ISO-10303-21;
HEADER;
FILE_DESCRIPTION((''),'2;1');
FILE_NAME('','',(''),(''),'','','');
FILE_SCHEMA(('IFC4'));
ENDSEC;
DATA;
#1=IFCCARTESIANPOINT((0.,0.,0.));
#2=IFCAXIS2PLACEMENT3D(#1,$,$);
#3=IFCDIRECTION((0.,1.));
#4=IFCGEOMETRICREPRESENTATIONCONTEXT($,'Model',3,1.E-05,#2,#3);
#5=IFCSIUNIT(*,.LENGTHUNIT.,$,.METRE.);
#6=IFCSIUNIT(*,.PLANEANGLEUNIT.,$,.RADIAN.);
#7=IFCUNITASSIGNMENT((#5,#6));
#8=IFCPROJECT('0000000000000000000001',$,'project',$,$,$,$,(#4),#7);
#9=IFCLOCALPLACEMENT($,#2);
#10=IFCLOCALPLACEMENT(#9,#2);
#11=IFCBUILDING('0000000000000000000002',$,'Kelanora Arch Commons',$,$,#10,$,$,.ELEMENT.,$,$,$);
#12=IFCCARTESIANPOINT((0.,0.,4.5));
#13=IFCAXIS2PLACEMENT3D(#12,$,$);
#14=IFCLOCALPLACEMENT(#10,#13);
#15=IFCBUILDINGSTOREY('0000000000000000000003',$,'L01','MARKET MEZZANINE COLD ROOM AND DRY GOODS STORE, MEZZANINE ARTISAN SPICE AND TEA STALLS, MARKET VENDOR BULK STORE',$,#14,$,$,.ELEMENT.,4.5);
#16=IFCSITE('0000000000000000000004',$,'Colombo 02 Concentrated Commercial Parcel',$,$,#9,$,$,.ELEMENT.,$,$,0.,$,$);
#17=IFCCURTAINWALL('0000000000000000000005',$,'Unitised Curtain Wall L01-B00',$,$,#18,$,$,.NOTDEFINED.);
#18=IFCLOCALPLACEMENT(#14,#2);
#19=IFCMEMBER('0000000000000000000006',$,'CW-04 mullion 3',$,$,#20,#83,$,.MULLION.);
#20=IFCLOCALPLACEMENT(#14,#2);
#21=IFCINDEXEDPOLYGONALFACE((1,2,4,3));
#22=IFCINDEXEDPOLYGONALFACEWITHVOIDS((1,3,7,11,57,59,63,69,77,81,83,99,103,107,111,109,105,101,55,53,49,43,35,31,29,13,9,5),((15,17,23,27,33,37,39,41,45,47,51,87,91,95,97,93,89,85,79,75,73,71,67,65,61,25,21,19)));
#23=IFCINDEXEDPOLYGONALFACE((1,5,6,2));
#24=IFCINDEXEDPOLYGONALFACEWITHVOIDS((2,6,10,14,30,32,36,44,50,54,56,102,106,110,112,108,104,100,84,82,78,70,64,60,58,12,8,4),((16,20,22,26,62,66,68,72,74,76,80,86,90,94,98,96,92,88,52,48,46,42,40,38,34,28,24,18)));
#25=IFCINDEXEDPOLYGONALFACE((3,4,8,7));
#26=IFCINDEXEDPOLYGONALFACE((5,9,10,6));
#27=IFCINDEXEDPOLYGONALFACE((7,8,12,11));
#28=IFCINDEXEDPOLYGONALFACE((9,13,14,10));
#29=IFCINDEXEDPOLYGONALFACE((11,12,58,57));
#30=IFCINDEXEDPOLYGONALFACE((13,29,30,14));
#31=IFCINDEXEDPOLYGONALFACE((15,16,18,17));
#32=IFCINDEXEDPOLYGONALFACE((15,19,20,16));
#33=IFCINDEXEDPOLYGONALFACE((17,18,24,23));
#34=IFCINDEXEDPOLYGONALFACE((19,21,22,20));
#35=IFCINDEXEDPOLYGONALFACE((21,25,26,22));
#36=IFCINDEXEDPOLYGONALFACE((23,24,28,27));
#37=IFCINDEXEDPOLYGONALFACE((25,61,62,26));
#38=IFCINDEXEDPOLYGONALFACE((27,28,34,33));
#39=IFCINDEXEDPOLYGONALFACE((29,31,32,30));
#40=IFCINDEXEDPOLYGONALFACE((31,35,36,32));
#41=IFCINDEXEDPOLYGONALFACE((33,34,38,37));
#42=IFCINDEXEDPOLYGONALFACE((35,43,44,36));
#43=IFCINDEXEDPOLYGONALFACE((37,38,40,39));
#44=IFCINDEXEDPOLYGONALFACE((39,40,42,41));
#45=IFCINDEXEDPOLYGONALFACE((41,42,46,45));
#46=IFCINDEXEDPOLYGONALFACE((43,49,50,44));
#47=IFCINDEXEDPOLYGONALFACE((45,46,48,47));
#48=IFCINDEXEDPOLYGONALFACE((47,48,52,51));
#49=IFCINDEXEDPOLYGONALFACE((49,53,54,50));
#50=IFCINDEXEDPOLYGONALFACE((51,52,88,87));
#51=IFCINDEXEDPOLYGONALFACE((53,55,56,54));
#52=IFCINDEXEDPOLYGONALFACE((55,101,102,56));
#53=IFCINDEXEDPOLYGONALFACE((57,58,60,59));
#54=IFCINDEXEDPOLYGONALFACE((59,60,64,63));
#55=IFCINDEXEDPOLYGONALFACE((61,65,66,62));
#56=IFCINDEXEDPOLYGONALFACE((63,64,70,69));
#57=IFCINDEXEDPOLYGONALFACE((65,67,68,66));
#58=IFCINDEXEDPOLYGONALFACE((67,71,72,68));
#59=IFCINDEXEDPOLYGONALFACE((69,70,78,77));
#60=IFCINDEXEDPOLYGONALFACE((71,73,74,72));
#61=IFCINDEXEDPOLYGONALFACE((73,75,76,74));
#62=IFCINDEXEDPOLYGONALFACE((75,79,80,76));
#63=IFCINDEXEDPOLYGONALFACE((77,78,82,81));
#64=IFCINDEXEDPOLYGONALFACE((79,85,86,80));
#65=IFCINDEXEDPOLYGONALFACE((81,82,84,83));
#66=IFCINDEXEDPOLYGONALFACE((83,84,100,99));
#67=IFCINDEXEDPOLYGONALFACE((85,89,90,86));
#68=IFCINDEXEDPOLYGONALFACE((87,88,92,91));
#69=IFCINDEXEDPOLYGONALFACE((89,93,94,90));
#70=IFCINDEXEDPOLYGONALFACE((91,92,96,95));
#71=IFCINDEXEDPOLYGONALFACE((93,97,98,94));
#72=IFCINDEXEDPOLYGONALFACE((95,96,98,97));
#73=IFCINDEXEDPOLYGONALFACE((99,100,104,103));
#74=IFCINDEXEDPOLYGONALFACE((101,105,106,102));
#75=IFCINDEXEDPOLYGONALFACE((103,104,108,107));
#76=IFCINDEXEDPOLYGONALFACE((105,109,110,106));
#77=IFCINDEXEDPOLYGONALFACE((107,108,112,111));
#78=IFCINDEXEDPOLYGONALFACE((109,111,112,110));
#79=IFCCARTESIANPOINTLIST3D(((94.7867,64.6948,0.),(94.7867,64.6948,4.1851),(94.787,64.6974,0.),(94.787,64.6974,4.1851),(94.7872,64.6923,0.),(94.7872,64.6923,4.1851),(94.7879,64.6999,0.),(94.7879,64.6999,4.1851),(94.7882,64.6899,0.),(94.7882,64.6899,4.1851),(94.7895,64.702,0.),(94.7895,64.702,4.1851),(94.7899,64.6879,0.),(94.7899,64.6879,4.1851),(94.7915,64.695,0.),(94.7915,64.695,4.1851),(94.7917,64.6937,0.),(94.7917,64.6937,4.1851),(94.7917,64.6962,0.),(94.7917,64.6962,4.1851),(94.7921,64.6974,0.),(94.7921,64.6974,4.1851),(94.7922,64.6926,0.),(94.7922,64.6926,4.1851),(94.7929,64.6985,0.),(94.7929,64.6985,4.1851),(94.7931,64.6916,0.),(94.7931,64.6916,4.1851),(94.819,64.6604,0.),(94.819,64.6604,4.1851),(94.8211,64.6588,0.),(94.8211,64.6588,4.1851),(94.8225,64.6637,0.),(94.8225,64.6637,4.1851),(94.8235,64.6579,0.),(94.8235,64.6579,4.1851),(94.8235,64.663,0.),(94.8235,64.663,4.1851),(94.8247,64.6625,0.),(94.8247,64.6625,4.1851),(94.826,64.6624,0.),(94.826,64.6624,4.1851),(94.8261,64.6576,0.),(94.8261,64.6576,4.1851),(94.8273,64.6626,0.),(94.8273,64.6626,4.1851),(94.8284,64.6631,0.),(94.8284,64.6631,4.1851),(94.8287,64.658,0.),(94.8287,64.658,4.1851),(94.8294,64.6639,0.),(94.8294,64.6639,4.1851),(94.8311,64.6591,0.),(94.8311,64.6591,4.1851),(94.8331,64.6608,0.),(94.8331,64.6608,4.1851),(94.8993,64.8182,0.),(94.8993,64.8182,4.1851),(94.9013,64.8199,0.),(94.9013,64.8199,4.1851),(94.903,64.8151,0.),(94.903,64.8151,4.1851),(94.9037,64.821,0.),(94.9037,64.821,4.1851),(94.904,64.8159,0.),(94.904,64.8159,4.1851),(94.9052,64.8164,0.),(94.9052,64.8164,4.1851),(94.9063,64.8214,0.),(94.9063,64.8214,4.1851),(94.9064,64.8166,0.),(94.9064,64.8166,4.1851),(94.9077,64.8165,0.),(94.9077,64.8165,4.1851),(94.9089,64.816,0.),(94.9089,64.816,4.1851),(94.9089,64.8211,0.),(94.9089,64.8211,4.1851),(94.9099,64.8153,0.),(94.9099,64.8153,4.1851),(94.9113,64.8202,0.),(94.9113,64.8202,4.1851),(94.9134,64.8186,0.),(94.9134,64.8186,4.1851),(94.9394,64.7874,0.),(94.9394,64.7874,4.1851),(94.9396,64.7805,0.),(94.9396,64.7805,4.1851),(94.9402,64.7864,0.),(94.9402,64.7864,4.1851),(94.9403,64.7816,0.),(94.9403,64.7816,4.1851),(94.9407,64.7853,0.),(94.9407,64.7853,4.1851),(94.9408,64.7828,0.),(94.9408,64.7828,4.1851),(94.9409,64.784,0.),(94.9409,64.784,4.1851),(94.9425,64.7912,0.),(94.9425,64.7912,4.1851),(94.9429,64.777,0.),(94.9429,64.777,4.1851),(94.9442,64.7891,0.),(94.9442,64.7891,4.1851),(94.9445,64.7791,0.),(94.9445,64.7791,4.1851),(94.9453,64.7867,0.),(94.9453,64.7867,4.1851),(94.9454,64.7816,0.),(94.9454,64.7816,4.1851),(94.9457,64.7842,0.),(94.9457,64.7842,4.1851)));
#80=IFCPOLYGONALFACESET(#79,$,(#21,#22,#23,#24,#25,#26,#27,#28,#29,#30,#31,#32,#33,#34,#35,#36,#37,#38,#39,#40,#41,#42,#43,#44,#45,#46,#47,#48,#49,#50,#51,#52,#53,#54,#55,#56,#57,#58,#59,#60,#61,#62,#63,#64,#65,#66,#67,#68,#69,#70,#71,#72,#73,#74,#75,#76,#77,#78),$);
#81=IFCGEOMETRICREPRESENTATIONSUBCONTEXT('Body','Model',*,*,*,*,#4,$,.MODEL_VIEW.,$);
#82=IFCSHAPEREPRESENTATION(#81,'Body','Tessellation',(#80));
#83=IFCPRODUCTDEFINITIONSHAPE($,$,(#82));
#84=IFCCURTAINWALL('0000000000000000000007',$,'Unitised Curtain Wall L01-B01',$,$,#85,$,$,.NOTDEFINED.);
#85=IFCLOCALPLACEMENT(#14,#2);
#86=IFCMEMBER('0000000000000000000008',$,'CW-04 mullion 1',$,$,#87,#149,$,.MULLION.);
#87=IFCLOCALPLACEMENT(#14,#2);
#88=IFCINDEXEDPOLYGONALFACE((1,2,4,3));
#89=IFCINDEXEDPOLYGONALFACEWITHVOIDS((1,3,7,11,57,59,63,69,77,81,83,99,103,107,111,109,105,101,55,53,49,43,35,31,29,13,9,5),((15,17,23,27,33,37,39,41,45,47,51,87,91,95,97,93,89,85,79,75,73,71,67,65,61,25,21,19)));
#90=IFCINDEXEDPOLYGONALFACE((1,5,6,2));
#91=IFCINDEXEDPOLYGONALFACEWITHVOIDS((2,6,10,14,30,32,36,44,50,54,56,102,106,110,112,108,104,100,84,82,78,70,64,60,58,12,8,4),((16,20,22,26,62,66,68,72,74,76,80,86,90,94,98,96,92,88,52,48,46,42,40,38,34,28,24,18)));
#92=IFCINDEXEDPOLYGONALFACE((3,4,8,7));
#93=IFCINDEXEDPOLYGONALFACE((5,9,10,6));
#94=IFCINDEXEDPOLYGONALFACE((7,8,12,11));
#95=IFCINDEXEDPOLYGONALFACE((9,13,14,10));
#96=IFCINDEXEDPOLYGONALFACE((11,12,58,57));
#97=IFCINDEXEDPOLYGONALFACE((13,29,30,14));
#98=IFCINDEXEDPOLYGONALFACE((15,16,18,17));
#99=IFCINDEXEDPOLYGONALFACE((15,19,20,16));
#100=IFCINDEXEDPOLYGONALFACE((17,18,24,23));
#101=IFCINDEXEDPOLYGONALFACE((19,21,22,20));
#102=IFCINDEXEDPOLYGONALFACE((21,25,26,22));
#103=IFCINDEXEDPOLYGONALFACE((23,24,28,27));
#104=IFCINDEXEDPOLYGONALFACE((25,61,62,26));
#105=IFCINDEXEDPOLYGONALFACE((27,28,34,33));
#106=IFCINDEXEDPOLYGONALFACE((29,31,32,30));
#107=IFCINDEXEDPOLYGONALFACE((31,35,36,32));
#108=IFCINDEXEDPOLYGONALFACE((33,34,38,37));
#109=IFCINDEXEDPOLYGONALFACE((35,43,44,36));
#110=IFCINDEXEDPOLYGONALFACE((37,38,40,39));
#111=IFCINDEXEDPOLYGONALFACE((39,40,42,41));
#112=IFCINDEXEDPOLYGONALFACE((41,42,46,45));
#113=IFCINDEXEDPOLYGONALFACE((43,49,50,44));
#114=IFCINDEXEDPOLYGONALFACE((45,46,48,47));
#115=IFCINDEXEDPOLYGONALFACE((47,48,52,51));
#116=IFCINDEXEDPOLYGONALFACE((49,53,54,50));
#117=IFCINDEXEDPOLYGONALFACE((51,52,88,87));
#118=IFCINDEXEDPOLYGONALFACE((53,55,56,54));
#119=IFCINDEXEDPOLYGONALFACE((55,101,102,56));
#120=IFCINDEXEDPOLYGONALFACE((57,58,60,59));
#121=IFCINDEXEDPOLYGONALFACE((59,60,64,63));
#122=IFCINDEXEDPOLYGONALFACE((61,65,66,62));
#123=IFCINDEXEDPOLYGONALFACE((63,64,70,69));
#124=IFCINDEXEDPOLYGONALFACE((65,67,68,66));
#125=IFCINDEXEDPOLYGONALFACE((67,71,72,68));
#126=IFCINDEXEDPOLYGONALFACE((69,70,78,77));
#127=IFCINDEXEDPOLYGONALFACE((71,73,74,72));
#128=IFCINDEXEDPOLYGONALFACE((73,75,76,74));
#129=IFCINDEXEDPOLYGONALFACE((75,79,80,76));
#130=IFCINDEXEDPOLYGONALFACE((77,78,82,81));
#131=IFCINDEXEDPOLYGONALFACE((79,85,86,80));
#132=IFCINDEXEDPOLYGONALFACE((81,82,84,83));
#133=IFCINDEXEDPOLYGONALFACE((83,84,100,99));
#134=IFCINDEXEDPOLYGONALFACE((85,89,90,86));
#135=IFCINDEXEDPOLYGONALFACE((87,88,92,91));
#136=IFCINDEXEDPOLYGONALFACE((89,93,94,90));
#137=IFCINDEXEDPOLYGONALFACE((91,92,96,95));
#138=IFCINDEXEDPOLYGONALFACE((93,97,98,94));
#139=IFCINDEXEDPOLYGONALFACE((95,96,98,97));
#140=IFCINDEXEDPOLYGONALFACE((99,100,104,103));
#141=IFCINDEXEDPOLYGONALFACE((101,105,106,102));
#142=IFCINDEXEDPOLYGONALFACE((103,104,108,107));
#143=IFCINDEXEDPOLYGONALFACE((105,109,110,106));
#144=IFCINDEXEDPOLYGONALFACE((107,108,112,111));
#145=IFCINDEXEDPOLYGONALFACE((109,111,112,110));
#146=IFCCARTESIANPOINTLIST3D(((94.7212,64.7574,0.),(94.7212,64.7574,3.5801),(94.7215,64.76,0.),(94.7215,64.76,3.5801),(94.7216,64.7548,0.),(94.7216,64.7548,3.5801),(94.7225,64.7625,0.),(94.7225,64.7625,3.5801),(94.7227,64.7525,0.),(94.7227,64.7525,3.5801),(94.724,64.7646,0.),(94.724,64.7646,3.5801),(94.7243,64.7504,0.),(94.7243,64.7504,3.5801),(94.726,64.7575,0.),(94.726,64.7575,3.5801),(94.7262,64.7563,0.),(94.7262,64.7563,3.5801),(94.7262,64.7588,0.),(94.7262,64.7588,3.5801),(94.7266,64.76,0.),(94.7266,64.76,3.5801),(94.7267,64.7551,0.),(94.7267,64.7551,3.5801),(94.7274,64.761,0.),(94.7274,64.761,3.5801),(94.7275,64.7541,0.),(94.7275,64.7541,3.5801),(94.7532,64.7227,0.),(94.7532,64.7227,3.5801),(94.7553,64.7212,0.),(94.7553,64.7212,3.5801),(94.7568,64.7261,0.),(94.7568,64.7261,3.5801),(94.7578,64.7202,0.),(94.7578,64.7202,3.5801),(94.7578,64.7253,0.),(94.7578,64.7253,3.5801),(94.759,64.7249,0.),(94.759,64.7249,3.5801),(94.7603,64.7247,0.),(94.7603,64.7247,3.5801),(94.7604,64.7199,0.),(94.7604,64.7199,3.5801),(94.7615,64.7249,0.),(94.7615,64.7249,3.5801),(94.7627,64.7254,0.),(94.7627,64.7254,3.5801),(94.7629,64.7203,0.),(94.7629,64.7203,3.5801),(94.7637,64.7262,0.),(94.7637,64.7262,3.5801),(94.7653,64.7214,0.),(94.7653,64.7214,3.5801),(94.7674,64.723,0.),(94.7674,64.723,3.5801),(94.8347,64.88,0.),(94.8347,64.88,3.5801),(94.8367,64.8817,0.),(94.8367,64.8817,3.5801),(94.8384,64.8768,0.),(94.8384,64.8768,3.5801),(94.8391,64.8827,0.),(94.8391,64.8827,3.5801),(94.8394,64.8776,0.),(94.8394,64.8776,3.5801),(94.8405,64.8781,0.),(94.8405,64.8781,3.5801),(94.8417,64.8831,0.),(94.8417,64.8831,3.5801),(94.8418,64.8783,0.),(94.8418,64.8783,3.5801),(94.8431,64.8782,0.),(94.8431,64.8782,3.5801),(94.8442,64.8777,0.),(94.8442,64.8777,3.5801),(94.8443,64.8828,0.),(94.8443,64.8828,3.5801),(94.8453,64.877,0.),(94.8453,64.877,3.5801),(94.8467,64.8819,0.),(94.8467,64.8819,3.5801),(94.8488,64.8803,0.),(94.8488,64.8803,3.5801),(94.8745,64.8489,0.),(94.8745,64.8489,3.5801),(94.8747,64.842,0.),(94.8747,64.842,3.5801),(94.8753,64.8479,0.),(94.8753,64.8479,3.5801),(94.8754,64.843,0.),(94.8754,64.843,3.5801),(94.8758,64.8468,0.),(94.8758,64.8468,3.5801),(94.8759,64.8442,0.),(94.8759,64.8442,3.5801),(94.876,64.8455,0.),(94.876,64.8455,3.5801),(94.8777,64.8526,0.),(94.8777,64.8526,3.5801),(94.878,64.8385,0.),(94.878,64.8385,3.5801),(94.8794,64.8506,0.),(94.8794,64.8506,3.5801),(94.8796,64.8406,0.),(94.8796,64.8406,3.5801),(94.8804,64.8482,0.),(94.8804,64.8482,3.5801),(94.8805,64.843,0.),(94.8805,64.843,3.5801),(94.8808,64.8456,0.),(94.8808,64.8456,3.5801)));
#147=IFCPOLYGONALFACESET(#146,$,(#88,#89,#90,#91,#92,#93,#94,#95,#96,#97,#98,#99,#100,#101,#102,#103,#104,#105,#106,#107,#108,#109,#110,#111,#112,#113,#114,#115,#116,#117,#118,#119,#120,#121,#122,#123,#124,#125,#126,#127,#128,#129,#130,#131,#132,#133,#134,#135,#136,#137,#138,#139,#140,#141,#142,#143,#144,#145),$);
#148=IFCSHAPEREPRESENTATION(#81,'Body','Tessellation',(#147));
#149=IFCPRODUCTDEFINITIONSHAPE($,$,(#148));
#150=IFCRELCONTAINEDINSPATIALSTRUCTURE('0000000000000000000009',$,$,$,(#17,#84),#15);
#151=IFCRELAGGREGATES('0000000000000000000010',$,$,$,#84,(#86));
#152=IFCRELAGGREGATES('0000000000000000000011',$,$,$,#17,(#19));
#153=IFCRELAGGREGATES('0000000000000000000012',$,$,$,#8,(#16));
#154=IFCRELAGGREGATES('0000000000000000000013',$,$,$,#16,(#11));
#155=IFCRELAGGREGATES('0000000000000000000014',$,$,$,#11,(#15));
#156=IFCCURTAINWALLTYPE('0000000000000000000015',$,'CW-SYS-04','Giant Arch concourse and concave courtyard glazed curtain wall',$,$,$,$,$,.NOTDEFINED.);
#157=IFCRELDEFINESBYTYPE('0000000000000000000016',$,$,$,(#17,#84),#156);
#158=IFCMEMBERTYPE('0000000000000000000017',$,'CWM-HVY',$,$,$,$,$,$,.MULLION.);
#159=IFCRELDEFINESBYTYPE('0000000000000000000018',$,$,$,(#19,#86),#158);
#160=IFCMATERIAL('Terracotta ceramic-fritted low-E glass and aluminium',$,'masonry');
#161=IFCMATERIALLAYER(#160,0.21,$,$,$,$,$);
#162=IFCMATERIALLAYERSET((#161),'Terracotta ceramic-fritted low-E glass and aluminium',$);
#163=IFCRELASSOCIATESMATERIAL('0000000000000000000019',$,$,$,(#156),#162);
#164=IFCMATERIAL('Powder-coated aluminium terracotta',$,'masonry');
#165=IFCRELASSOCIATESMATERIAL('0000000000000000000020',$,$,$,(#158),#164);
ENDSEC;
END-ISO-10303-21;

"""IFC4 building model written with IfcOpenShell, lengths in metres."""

from ifc_helpers import new_model, si_unit, direction, frame, origin, origin_2d, place, context, subcontext, project, spatial, hollow_rectangle, extrude, material, layer, layer_set, material_profile, profile_set, type_object, element, aggregate, save


model = new_model("IFC4")

# Units and contexts
model_context = context("Model", 3, precision=1e-05, world=origin(), true_north=direction((0.0, 1.0)))
body_context = subcontext(model_context, "Body", "Model", "MODEL_VIEW")
ifc_project = project(units=[si_unit("LENGTHUNIT", "METRE"), si_unit("PLANEANGLEUNIT", "RADIAN")], contexts=[model_context])

# Site, building, storey
site_placement = place(None, origin())
site = spatial("IfcSite", under=ifc_project, at=site_placement, Name="Colombo 02 Concentrated Commercial Parcel", CompositionType="ELEMENT", RefElevation=0.0)
building_placement = place(site_placement, origin())
building = spatial("IfcBuilding", under=site, at=building_placement, Name="Kelanora Arch Commons", CompositionType="ELEMENT")
storey_placement = place(building_placement, frame((0.0, 0.0, 4.5)))
storey = spatial("IfcBuildingStorey", under=building, at=storey_placement, Name="L01", Description="MARKET MEZZANINE COLD ROOM AND DRY GOODS STORE, MEZZANINE ARTISAN SPICE AND TEA STALLS, MARKET VENDOR BULK STORE", CompositionType="ELEMENT", Elevation=4.5)

# Curtain wall, member
ifc_material_1 = material(Name="Terracotta ceramic-fritted low-E glass and aluminium", Category="masonry")
ifc_layer_1 = layer(ifc_material_1, 0.21)
ifc_layer_set_1 = layer_set([ifc_layer_1], Name="Terracotta ceramic-fritted low-E glass and aluminium")
curtain_wall_type = type_object("IfcCurtainWallType", Name="CW-SYS-04", Description="Giant Arch concourse and concave courtyard glazed curtain wall", PredefinedType="NOTDEFINED", material=ifc_layer_set_1)
curtain_wall_1_placement = place(storey_placement, origin())
curtain_wall_1 = element("IfcCurtainWall", 1, at=curtain_wall_1_placement, inside=storey, type_object=curtain_wall_type, Name="Unitised Curtain Wall L01-B00", PredefinedType="NOTDEFINED")
ifc_material_2 = material(Name="Powder-coated aluminium terracotta", Category="masonry")
ifc_material_profile_1 = material_profile(ifc_material_2, hollow_rectangle(XDim=0.1799, YDim=0.0601, WallThickness=0.0049, InnerFilletRadius=0.0049, OuterFilletRadius=0.01, at=origin_2d()), Name="CWM180x60")
ifc_profile_set_1 = profile_set([ifc_material_profile_1], Name="Powder-coated aluminium terracotta")
member_type_1 = type_object("IfcMemberType", Name="CWM-HVY", PredefinedType="MULLION", material=ifc_profile_set_1)
member_1_placement = place(storey_placement, frame((94.8662, 64.7395, 0.0), z_axis=(0.0, 0.0, 1.0), x_axis=(-0.68672, -0.726922, 0.0)))
member_1 = element("IfcMember", 2, at=member_1_placement, type_object=member_type_1, Name="CW-04 mullion 3", PredefinedType="MULLION", context=body_context, shape_type="SweptSolid", body=[
    extrude(hollow_rectangle(XDim=0.1799, YDim=0.0601, WallThickness=0.0049, InnerFilletRadius=0.0049, OuterFilletRadius=0.01, at=origin_2d()), origin(), (0.0, 0.0, 1.0), 4.1851),
])

# Curtain wall, member
curtain_wall_2_placement = place(storey_placement, origin())
curtain_wall_2 = element("IfcCurtainWall", 3, at=curtain_wall_2_placement, inside=storey, type_object=curtain_wall_type, Name="Unitised Curtain Wall L01-B01", PredefinedType="NOTDEFINED")
member_2_placement = place(storey_placement, frame((94.801, 64.8015, 0.0), z_axis=(0.0, 0.0, 1.0), x_axis=(-0.691953, -0.721943, 0.0)))
member_2 = element("IfcMember", 4, at=member_2_placement, type_object=member_type_1, Name="CW-04 mullion 1", PredefinedType="MULLION", context=body_context, shape_type="SweptSolid", body=[
    extrude(hollow_rectangle(XDim=0.1799, YDim=0.0601, WallThickness=0.0049, InnerFilletRadius=0.0049, OuterFilletRadius=0.01, at=origin_2d()), origin(), (0.0, 0.0, 1.0), 3.5801),
])
aggregate(curtain_wall_2, [member_2])

aggregate(curtain_wall_1, [member_1])

save(model, "model.ifc")
